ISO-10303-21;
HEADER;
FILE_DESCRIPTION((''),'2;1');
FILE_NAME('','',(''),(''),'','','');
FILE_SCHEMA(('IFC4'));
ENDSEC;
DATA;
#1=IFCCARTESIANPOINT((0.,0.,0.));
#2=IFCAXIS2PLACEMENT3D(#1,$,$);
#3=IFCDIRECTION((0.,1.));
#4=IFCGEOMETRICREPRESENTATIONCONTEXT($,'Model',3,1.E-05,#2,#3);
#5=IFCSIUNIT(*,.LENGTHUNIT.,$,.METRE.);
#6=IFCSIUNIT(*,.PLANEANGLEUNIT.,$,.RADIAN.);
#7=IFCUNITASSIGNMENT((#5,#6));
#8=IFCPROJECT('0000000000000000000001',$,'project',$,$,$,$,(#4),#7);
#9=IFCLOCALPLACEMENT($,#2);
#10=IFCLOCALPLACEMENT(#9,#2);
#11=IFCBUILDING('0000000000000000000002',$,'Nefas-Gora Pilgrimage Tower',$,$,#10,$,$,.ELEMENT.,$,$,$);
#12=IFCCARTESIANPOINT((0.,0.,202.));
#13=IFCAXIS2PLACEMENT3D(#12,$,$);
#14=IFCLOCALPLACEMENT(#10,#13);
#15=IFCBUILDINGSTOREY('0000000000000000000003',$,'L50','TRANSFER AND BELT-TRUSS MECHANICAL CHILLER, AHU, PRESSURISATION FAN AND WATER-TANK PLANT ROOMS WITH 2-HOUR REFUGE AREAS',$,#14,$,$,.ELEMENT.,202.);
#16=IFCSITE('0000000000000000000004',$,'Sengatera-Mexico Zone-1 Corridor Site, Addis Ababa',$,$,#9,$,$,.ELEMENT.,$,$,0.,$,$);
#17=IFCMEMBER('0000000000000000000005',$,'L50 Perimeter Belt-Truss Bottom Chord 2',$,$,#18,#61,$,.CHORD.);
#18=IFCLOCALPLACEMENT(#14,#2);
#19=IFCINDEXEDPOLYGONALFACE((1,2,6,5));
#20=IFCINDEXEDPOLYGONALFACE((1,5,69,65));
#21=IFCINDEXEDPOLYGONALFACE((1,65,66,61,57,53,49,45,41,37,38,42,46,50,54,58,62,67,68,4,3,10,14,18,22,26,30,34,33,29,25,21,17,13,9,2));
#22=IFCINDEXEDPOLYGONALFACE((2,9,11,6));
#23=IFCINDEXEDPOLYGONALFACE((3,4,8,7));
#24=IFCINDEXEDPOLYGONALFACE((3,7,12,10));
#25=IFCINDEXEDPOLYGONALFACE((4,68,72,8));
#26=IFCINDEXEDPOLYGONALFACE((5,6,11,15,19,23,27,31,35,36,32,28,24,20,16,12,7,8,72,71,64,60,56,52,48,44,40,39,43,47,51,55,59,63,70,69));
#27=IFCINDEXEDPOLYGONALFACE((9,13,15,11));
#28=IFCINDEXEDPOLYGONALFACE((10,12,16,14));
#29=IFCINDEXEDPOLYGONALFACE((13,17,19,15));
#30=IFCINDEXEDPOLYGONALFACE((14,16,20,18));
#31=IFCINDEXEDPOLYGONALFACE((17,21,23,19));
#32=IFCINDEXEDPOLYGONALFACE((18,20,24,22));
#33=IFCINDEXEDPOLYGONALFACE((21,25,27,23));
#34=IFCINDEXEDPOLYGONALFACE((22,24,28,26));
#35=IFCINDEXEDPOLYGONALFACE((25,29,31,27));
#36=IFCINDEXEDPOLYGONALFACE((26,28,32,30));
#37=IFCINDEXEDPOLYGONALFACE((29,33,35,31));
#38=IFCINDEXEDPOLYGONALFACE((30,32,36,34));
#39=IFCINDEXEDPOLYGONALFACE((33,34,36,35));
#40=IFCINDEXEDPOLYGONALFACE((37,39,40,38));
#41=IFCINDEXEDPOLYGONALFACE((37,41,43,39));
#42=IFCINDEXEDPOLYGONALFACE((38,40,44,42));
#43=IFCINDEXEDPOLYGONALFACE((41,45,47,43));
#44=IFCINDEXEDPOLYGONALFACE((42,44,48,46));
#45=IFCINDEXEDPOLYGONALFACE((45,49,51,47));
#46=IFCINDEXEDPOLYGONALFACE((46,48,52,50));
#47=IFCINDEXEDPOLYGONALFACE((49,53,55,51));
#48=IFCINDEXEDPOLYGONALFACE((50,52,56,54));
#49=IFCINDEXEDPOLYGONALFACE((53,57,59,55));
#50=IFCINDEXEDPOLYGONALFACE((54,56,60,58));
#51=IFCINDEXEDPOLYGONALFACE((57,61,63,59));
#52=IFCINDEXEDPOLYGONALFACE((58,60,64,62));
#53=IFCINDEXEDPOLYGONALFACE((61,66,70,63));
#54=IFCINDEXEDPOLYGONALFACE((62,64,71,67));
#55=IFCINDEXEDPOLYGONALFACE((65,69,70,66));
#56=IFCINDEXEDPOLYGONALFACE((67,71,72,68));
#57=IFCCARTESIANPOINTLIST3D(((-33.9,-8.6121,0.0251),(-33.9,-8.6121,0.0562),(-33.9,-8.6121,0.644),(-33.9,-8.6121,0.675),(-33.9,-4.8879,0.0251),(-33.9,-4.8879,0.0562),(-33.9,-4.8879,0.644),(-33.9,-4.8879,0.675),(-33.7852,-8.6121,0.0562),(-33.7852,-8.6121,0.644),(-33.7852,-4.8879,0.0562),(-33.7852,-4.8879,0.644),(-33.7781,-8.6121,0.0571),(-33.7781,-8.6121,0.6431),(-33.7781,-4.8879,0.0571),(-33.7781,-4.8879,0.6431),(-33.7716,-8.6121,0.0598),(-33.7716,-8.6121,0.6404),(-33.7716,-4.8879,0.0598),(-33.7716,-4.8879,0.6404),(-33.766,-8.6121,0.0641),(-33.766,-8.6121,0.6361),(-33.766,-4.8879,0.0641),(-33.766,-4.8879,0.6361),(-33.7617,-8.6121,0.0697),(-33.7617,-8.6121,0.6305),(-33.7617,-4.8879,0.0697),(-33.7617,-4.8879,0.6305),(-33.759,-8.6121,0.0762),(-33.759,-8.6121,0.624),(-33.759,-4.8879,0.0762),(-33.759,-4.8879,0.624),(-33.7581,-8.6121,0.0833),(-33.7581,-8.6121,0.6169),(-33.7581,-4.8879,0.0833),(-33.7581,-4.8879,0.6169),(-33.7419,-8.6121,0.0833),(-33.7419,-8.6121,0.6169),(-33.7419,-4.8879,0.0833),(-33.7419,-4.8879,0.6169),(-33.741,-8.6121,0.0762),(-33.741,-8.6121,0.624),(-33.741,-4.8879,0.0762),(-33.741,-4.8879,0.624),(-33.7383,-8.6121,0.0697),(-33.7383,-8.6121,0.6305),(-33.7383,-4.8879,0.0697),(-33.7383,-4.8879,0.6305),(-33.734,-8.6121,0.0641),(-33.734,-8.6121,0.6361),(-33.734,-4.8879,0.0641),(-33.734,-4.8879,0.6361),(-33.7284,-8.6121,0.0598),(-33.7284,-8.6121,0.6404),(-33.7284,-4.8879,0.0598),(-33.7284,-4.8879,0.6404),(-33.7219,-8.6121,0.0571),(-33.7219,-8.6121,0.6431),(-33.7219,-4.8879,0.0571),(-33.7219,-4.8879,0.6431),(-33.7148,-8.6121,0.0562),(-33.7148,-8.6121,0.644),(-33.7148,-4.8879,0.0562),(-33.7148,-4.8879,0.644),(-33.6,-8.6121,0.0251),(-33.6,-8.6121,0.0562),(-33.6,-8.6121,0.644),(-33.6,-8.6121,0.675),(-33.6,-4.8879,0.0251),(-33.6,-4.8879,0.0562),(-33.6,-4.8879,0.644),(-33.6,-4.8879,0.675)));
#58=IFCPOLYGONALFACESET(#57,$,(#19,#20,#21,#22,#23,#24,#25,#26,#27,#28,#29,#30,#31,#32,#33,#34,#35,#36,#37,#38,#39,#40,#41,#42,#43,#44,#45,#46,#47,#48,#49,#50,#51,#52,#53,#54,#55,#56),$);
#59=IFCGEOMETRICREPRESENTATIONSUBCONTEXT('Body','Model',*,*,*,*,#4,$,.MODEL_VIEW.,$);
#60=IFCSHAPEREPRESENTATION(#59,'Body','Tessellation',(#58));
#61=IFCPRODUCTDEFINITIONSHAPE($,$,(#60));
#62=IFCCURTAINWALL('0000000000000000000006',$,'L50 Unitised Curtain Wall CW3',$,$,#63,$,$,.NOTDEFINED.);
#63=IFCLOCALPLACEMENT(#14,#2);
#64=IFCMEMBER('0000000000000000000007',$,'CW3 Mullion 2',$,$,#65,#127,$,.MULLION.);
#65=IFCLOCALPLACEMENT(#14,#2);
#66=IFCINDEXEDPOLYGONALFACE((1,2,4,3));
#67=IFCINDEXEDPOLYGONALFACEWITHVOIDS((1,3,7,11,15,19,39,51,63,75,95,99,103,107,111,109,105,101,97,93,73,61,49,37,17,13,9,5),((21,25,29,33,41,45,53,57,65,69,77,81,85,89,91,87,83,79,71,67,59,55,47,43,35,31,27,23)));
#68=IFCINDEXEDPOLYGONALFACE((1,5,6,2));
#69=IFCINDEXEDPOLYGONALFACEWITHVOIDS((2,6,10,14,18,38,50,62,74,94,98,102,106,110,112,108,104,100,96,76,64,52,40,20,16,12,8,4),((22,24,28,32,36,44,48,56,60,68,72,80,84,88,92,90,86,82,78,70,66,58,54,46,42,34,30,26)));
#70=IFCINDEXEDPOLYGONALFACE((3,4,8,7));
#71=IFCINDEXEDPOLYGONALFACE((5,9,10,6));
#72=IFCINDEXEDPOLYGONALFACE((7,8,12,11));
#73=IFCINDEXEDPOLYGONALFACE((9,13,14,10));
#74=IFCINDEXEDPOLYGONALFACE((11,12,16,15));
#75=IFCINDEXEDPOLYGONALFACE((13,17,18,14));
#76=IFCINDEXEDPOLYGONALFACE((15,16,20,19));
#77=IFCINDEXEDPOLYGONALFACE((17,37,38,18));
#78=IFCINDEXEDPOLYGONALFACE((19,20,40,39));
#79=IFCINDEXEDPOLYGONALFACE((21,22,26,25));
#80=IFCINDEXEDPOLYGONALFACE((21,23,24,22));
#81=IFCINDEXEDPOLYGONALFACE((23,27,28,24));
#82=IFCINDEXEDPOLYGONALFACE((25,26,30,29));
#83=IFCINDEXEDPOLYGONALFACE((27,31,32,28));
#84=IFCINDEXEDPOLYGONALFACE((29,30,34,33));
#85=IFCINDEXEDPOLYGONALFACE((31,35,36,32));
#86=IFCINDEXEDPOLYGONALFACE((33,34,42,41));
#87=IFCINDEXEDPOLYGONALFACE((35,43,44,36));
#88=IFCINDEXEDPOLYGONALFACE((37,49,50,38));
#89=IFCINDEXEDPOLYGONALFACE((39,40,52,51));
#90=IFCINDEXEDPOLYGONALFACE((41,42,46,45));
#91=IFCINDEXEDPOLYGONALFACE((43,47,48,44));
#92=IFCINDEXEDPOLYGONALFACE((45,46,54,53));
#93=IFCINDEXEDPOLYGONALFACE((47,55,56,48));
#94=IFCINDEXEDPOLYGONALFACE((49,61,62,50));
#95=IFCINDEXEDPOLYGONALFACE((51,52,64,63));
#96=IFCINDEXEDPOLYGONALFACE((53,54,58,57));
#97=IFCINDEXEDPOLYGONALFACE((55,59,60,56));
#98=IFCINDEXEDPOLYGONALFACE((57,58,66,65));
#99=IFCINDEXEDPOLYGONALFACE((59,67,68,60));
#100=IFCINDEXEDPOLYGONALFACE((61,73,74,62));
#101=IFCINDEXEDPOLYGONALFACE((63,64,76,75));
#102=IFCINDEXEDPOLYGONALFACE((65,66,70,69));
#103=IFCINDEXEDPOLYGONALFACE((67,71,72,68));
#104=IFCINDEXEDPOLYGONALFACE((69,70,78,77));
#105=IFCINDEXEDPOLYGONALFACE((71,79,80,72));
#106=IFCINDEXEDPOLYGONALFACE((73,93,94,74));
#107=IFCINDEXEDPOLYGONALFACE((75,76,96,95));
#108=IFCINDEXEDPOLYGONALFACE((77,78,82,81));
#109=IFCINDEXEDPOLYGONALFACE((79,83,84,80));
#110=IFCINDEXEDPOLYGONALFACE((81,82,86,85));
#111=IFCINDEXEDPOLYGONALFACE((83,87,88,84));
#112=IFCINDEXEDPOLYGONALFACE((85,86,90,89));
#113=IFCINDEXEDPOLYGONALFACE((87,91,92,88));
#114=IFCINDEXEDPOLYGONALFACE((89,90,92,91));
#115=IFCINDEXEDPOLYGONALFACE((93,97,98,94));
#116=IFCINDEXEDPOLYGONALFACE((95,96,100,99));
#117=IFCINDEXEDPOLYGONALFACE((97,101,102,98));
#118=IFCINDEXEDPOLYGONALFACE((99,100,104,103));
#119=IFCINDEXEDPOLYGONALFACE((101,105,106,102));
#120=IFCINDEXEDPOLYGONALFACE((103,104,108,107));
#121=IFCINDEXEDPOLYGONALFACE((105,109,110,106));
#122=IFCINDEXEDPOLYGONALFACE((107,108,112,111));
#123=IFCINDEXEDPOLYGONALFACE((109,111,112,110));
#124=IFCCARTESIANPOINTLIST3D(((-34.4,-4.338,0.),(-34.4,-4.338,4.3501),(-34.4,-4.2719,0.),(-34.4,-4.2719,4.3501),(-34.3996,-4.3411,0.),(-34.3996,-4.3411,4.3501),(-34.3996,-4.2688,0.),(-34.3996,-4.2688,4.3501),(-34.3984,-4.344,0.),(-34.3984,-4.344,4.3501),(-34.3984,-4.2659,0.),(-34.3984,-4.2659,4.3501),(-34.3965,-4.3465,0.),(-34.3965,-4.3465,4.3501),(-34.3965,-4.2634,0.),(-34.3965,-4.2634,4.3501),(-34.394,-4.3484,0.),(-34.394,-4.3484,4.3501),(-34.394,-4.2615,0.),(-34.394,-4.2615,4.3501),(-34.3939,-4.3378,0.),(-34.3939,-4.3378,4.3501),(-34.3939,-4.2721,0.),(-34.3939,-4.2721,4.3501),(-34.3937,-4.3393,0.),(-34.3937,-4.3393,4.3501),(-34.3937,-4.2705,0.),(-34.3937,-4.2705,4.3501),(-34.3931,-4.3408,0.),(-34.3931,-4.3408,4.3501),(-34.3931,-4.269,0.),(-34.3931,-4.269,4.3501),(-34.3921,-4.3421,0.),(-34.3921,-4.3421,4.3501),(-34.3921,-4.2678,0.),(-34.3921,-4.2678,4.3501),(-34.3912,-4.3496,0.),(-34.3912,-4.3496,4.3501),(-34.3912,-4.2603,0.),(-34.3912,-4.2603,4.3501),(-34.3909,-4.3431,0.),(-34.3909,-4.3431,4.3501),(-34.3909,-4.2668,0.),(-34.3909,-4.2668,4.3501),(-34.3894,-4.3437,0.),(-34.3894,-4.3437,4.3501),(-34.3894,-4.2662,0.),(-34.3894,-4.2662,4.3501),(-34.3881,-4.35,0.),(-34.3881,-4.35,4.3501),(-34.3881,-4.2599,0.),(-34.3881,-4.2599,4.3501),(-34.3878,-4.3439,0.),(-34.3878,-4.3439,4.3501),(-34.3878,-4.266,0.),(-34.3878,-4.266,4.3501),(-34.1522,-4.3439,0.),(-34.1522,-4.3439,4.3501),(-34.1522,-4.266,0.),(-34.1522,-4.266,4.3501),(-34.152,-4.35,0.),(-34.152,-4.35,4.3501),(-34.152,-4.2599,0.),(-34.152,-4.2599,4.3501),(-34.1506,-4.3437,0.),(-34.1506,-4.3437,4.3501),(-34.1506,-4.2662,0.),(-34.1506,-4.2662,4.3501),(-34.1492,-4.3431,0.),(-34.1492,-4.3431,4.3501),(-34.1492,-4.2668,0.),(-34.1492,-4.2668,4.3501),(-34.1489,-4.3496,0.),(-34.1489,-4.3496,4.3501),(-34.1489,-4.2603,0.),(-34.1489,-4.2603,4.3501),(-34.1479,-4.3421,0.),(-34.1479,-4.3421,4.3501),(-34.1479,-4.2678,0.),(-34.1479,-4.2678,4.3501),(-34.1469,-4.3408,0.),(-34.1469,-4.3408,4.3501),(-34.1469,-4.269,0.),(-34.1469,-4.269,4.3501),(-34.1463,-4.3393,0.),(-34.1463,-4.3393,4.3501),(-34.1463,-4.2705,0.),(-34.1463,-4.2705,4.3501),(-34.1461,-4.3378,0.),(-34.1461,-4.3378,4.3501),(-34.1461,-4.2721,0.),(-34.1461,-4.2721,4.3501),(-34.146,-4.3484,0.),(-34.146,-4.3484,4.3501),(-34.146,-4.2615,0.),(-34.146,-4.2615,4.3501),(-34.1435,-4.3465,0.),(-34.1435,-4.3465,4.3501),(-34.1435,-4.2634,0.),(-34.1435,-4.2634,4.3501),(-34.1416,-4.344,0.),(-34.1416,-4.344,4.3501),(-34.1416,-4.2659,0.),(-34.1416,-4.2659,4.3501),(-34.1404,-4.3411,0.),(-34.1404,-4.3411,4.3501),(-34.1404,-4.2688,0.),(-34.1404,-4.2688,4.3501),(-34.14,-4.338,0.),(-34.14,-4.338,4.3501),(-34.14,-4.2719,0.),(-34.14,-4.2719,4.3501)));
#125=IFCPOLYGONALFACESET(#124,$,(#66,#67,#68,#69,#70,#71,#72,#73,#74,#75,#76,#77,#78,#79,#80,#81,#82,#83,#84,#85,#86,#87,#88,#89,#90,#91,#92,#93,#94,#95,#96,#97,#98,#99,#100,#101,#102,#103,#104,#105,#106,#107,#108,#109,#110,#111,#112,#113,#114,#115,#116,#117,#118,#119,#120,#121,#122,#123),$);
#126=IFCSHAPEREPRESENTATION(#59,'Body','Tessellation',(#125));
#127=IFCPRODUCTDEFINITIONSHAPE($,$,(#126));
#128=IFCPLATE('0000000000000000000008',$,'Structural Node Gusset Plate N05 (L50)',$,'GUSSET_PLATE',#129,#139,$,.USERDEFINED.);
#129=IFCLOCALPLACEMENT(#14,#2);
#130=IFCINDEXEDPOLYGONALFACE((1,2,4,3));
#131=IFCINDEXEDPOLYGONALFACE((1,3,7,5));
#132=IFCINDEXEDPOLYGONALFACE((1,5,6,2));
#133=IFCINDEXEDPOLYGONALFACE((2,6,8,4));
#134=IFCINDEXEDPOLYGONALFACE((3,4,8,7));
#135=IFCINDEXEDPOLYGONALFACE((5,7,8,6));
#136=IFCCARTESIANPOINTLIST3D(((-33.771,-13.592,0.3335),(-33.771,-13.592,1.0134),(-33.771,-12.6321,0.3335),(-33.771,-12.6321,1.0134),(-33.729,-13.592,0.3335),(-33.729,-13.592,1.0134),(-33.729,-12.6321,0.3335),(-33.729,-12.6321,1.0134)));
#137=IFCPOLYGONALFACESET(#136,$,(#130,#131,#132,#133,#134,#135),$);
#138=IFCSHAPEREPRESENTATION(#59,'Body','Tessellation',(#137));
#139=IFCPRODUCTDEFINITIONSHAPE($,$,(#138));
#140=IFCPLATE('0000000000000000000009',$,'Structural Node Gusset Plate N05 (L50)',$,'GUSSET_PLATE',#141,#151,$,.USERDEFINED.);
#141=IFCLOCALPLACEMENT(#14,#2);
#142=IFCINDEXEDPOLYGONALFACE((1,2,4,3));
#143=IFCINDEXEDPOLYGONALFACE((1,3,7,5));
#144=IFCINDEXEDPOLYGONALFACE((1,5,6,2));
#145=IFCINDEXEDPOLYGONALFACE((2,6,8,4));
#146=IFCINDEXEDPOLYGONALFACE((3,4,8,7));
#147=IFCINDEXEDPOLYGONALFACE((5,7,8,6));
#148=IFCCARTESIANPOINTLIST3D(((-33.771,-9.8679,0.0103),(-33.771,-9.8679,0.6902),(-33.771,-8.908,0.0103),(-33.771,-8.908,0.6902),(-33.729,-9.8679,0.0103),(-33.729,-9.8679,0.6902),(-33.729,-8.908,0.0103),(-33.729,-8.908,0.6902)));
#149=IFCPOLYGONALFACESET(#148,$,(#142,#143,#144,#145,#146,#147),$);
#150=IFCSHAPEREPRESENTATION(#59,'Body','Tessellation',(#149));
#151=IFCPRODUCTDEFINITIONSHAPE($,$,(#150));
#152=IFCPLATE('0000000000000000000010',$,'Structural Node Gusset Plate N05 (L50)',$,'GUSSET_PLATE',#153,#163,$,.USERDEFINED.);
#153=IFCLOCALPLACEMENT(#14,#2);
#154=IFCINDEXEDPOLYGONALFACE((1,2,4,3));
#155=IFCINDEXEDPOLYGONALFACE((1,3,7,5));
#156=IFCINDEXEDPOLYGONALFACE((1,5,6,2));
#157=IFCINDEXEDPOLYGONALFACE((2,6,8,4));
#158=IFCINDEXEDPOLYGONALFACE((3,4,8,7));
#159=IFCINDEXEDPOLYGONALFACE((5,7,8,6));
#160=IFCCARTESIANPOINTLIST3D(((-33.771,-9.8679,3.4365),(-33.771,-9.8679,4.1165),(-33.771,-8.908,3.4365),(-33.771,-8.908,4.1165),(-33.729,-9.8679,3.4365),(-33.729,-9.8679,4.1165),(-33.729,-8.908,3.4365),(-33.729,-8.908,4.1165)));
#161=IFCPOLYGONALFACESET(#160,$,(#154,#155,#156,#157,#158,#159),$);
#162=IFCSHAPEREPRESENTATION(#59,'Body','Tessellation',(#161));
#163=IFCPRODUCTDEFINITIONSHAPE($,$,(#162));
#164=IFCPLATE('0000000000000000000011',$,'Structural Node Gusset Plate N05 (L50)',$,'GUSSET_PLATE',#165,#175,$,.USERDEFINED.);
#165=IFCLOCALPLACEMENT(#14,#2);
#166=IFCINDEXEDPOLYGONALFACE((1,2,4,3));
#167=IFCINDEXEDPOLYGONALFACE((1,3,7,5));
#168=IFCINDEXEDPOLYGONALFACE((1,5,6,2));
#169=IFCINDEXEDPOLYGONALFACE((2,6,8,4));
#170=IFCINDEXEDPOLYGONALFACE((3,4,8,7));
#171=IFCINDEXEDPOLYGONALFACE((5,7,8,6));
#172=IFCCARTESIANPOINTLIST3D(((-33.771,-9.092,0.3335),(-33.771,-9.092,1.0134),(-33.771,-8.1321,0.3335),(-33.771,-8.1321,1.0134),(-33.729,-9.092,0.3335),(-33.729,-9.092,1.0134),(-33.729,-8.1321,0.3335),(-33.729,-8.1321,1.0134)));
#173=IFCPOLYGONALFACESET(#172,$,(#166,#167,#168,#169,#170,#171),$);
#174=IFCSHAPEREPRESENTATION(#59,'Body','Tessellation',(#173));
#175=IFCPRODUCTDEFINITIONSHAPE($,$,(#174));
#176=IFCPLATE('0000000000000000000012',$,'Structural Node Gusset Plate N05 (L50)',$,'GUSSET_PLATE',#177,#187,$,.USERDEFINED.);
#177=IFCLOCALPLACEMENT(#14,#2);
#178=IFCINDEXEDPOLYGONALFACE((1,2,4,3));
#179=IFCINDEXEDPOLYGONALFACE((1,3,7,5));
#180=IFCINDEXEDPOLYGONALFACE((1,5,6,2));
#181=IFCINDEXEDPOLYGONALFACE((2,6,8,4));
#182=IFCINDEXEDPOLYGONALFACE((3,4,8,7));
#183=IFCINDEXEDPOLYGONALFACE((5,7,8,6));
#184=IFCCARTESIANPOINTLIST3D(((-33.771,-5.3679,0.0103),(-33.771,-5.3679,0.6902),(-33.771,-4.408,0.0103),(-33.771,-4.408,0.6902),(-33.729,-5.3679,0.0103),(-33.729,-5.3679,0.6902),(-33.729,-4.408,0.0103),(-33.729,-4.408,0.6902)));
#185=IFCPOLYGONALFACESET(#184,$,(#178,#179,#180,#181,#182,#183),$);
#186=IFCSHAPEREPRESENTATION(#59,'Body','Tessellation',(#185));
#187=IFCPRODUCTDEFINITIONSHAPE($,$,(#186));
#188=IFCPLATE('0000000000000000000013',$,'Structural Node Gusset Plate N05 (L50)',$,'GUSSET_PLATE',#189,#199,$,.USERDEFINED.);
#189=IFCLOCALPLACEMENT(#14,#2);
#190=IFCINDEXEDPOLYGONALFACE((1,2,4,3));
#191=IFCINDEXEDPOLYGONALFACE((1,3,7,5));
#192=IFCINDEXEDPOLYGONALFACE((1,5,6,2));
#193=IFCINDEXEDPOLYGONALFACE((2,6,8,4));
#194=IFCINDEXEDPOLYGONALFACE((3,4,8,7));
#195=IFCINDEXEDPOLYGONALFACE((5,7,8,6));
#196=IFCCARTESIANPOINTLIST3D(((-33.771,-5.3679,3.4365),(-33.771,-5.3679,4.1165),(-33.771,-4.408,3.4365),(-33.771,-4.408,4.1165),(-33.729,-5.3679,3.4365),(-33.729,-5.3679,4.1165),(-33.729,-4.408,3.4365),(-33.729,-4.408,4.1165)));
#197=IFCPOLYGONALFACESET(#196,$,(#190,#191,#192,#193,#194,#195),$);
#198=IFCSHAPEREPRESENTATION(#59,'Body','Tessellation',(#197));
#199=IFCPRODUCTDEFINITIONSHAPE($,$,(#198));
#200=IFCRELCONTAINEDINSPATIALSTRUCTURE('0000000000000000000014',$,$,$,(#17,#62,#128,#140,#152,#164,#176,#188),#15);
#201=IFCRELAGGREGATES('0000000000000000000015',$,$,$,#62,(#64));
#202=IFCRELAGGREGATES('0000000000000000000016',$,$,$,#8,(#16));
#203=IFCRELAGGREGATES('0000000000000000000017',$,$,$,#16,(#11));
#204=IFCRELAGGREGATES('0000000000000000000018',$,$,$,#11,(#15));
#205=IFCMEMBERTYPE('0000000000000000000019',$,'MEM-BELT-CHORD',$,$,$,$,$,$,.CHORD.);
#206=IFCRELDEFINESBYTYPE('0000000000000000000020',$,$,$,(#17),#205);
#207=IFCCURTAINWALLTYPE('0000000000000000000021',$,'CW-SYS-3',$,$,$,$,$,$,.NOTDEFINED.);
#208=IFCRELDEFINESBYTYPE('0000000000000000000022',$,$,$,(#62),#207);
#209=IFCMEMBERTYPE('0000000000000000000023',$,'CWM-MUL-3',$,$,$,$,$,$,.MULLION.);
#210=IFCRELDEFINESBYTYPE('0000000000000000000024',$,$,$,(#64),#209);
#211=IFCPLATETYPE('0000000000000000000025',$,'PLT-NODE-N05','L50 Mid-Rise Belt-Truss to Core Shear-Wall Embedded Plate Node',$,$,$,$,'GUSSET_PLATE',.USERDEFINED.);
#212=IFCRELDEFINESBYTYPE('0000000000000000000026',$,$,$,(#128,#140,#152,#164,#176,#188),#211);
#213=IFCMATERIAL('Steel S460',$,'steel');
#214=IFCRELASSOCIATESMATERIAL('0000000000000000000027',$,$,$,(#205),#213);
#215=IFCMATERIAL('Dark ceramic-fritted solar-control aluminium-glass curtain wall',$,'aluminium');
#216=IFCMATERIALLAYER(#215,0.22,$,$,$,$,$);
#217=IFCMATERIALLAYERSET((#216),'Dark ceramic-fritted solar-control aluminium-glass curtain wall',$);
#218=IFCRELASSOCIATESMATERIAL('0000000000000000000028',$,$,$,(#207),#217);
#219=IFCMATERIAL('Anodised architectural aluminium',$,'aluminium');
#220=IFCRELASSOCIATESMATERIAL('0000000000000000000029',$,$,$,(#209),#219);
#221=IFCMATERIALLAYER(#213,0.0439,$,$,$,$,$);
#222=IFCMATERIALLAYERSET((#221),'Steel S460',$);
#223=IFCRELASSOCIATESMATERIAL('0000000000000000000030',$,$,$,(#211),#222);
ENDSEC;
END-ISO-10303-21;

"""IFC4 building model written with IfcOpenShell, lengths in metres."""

from ifc_helpers import new_model, si_unit, direction, frame, origin, origin_2d, place, context, subcontext, project, spatial, rectangle, hollow_rectangle, i_section, extrude, source, transform, mapped, material, layer, layer_set, material_profile, profile_set, type_object, element, aggregate, save


model = new_model("IFC4")

# Units and contexts
model_context = context("Model", 3, precision=1e-05, world=origin(), true_north=direction((0.0, 1.0)))
body_context = subcontext(model_context, "Body", "Model", "MODEL_VIEW")
ifc_project = project(units=[si_unit("LENGTHUNIT", "METRE"), si_unit("PLANEANGLEUNIT", "RADIAN")], contexts=[model_context])

# Site, building, storey
site_placement = place(None, origin())
site = spatial("IfcSite", under=ifc_project, at=site_placement, Name="Sengatera-Mexico Zone-1 Corridor Site, Addis Ababa", CompositionType="ELEMENT", RefElevation=0.0)
building_placement = place(site_placement, origin())
building = spatial("IfcBuilding", under=site, at=building_placement, Name="Nefas-Gora Pilgrimage Tower", CompositionType="ELEMENT")
storey_placement = place(building_placement, frame((0.0, 0.0, 202.0)))
storey = spatial("IfcBuildingStorey", under=building, at=storey_placement, Name="L50", Description="TRANSFER AND BELT-TRUSS MECHANICAL CHILLER, AHU, PRESSURISATION FAN AND WATER-TANK PLANT ROOMS WITH 2-HOUR REFUGE AREAS", CompositionType="ELEMENT", Elevation=202.0)

# Shared definitions
ifc_material_1 = material(Name="Steel S460", Category="steel")

# Member
ifc_material_profile_1 = material_profile(ifc_material_1, i_section(OverallWidth=0.3, OverallDepth=0.6499, WebThickness=0.0161, FlangeThickness=0.031, FilletRadius=0.0271, at=origin_2d()), Name="HEB 650")
ifc_profile_set_1 = profile_set([ifc_material_profile_1], Name="Steel S460")
member_type_1 = type_object("IfcMemberType", Name="MEM-BELT-CHORD", PredefinedType="CHORD", material=ifc_profile_set_1)
shared_shape_1 = source(origin(), body_context, "Body", "SweptSolid", [
    extrude(i_section(OverallWidth=0.3, OverallDepth=0.6499, WebThickness=0.0161, FlangeThickness=0.031, FilletRadius=0.0271, at=origin_2d()), origin(), (0.0, 0.0, 1.0), 3.7241),
])
for number, where, z_axis, x_axis, name in (
    (1, (-33.75, -8.6121, 0.3501), (0.0, 1.0, 0.0), (-1.0, 0.0, 0.0), "L50 Perimeter Belt-Truss Bottom Chord 2"),
):
    element("IfcMember", number, at=place(storey_placement, frame(where, z_axis=z_axis, x_axis=x_axis)), inside=storey, type_object=member_type_1, Name=name, PredefinedType="CHORD", context=body_context, shape_type="MappedRepresentation", body=[
        mapped(shared_shape_1, transform((0.0, 0.0, 0.0), x_axis=(1.0, 0.0, 0.0), y_axis=(0.0, 1.0, 0.0), z_axis=(0.0, 0.0, 1.0), scale=1.0)),
    ])

# Curtain wall, member
ifc_material_2 = material(Name="Dark ceramic-fritted solar-control aluminium-glass curtain wall", Category="aluminium")
ifc_layer_1 = layer(ifc_material_2, 0.22)
ifc_layer_set_1 = layer_set([ifc_layer_1], Name="Dark ceramic-fritted solar-control aluminium-glass curtain wall")
curtain_wall_type = type_object("IfcCurtainWallType", Name="CW-SYS-3", PredefinedType="NOTDEFINED", material=ifc_layer_set_1)
curtain_wall_placement = place(storey_placement, origin())
curtain_wall = element("IfcCurtainWall", 2, at=curtain_wall_placement, inside=storey, type_object=curtain_wall_type, Name="L50 Unitised Curtain Wall CW3", PredefinedType="NOTDEFINED")
ifc_material_3 = material(Name="Anodised architectural aluminium", Category="aluminium")
ifc_material_profile_2 = material_profile(ifc_material_3, hollow_rectangle(XDim=0.0901, YDim=0.26, WallThickness=0.0061, InnerFilletRadius=0.0061, OuterFilletRadius=0.012, at=origin_2d()), Name="ALU MULLION 90x260")
ifc_profile_set_2 = profile_set([ifc_material_profile_2], Name="Anodised architectural aluminium")
member_type_2 = type_object("IfcMemberType", Name="CWM-MUL-3", PredefinedType="MULLION", material=ifc_profile_set_2)
shared_shape_2 = source(origin(), body_context, "Body", "SweptSolid", [
    extrude(hollow_rectangle(XDim=0.0901, YDim=0.26, WallThickness=0.0061, InnerFilletRadius=0.0061, OuterFilletRadius=0.012, at=origin_2d()), origin(), (0.0, 0.0, 1.0), 4.3501),
])
member_placement = place(storey_placement, frame((-34.27, -4.3049, 0.0), z_axis=(0.0, 0.0, 1.0), x_axis=(0.0, -1.0, 0.0)))
member = element("IfcMember", 3, at=member_placement, type_object=member_type_2, Name="CW3 Mullion 2", PredefinedType="MULLION", context=body_context, shape_type="MappedRepresentation", body=[
    mapped(shared_shape_2, transform((0.0, 0.0, 0.0), x_axis=(1.0, 0.0, 0.0), y_axis=(0.0, 1.0, 0.0), z_axis=(0.0, 0.0, 1.0), scale=1.0)),
])

# Plates
ifc_layer_2 = layer(ifc_material_1, 0.0439)
ifc_layer_set_2 = layer_set([ifc_layer_2], Name="Steel S460")
plate_type_1 = type_object("IfcPlateType", Name="PLT-NODE-N05", Description="L50 Mid-Rise Belt-Truss to Core Shear-Wall Embedded Plate Node", ElementType="GUSSET_PLATE", PredefinedType="USERDEFINED", material=ifc_layer_set_2)
shared_shape_3 = source(origin(), body_context, "Body", "SweptSolid", [
    extrude(rectangle(XDim=0.96, YDim=0.042, at=origin_2d()), origin(), (0.0, 0.0, 1.0), 0.6799),
])
for number, where, z_axis, x_axis, name in (
    (4, (-33.75, -13.1121, 0.3335), (0.0, 0.0, 1.0), (0.0, 1.0, 0.0), "Structural Node Gusset Plate N05 (L50)"),
    (5, (-33.75, -9.3879, 0.0103), (0.0, 0.0, 1.0), (0.0, 1.0, 0.0), "Structural Node Gusset Plate N05 (L50)"),
    (6, (-33.75, -9.3879, 3.4365), (0.0, 0.0, 1.0), (0.0, 1.0, 0.0), "Structural Node Gusset Plate N05 (L50)"),
    (7, (-33.75, -8.6121, 0.3335), (0.0, 0.0, 1.0), (0.0, 1.0, 0.0), "Structural Node Gusset Plate N05 (L50)"),
    (8, (-33.75, -4.8879, 0.0103), (0.0, 0.0, 1.0), (0.0, 1.0, 0.0), "Structural Node Gusset Plate N05 (L50)"),
    (9, (-33.75, -4.8879, 3.4365), (0.0, 0.0, 1.0), (0.0, 1.0, 0.0), "Structural Node Gusset Plate N05 (L50)"),
):
    element("IfcPlate", number, at=place(storey_placement, frame(where, z_axis=z_axis, x_axis=x_axis)), inside=storey, type_object=plate_type_1, Name=name, ObjectType="GUSSET_PLATE", PredefinedType="USERDEFINED", context=body_context, shape_type="MappedRepresentation", body=[
        mapped(shared_shape_3, transform((0.0, 0.0, 0.0), x_axis=(1.0, 0.0, 0.0), y_axis=(0.0, 1.0, 0.0), z_axis=(0.0, 0.0, 1.0), scale=1.0)),
    ])

aggregate(curtain_wall, [member])

save(model, "model.ifc")
